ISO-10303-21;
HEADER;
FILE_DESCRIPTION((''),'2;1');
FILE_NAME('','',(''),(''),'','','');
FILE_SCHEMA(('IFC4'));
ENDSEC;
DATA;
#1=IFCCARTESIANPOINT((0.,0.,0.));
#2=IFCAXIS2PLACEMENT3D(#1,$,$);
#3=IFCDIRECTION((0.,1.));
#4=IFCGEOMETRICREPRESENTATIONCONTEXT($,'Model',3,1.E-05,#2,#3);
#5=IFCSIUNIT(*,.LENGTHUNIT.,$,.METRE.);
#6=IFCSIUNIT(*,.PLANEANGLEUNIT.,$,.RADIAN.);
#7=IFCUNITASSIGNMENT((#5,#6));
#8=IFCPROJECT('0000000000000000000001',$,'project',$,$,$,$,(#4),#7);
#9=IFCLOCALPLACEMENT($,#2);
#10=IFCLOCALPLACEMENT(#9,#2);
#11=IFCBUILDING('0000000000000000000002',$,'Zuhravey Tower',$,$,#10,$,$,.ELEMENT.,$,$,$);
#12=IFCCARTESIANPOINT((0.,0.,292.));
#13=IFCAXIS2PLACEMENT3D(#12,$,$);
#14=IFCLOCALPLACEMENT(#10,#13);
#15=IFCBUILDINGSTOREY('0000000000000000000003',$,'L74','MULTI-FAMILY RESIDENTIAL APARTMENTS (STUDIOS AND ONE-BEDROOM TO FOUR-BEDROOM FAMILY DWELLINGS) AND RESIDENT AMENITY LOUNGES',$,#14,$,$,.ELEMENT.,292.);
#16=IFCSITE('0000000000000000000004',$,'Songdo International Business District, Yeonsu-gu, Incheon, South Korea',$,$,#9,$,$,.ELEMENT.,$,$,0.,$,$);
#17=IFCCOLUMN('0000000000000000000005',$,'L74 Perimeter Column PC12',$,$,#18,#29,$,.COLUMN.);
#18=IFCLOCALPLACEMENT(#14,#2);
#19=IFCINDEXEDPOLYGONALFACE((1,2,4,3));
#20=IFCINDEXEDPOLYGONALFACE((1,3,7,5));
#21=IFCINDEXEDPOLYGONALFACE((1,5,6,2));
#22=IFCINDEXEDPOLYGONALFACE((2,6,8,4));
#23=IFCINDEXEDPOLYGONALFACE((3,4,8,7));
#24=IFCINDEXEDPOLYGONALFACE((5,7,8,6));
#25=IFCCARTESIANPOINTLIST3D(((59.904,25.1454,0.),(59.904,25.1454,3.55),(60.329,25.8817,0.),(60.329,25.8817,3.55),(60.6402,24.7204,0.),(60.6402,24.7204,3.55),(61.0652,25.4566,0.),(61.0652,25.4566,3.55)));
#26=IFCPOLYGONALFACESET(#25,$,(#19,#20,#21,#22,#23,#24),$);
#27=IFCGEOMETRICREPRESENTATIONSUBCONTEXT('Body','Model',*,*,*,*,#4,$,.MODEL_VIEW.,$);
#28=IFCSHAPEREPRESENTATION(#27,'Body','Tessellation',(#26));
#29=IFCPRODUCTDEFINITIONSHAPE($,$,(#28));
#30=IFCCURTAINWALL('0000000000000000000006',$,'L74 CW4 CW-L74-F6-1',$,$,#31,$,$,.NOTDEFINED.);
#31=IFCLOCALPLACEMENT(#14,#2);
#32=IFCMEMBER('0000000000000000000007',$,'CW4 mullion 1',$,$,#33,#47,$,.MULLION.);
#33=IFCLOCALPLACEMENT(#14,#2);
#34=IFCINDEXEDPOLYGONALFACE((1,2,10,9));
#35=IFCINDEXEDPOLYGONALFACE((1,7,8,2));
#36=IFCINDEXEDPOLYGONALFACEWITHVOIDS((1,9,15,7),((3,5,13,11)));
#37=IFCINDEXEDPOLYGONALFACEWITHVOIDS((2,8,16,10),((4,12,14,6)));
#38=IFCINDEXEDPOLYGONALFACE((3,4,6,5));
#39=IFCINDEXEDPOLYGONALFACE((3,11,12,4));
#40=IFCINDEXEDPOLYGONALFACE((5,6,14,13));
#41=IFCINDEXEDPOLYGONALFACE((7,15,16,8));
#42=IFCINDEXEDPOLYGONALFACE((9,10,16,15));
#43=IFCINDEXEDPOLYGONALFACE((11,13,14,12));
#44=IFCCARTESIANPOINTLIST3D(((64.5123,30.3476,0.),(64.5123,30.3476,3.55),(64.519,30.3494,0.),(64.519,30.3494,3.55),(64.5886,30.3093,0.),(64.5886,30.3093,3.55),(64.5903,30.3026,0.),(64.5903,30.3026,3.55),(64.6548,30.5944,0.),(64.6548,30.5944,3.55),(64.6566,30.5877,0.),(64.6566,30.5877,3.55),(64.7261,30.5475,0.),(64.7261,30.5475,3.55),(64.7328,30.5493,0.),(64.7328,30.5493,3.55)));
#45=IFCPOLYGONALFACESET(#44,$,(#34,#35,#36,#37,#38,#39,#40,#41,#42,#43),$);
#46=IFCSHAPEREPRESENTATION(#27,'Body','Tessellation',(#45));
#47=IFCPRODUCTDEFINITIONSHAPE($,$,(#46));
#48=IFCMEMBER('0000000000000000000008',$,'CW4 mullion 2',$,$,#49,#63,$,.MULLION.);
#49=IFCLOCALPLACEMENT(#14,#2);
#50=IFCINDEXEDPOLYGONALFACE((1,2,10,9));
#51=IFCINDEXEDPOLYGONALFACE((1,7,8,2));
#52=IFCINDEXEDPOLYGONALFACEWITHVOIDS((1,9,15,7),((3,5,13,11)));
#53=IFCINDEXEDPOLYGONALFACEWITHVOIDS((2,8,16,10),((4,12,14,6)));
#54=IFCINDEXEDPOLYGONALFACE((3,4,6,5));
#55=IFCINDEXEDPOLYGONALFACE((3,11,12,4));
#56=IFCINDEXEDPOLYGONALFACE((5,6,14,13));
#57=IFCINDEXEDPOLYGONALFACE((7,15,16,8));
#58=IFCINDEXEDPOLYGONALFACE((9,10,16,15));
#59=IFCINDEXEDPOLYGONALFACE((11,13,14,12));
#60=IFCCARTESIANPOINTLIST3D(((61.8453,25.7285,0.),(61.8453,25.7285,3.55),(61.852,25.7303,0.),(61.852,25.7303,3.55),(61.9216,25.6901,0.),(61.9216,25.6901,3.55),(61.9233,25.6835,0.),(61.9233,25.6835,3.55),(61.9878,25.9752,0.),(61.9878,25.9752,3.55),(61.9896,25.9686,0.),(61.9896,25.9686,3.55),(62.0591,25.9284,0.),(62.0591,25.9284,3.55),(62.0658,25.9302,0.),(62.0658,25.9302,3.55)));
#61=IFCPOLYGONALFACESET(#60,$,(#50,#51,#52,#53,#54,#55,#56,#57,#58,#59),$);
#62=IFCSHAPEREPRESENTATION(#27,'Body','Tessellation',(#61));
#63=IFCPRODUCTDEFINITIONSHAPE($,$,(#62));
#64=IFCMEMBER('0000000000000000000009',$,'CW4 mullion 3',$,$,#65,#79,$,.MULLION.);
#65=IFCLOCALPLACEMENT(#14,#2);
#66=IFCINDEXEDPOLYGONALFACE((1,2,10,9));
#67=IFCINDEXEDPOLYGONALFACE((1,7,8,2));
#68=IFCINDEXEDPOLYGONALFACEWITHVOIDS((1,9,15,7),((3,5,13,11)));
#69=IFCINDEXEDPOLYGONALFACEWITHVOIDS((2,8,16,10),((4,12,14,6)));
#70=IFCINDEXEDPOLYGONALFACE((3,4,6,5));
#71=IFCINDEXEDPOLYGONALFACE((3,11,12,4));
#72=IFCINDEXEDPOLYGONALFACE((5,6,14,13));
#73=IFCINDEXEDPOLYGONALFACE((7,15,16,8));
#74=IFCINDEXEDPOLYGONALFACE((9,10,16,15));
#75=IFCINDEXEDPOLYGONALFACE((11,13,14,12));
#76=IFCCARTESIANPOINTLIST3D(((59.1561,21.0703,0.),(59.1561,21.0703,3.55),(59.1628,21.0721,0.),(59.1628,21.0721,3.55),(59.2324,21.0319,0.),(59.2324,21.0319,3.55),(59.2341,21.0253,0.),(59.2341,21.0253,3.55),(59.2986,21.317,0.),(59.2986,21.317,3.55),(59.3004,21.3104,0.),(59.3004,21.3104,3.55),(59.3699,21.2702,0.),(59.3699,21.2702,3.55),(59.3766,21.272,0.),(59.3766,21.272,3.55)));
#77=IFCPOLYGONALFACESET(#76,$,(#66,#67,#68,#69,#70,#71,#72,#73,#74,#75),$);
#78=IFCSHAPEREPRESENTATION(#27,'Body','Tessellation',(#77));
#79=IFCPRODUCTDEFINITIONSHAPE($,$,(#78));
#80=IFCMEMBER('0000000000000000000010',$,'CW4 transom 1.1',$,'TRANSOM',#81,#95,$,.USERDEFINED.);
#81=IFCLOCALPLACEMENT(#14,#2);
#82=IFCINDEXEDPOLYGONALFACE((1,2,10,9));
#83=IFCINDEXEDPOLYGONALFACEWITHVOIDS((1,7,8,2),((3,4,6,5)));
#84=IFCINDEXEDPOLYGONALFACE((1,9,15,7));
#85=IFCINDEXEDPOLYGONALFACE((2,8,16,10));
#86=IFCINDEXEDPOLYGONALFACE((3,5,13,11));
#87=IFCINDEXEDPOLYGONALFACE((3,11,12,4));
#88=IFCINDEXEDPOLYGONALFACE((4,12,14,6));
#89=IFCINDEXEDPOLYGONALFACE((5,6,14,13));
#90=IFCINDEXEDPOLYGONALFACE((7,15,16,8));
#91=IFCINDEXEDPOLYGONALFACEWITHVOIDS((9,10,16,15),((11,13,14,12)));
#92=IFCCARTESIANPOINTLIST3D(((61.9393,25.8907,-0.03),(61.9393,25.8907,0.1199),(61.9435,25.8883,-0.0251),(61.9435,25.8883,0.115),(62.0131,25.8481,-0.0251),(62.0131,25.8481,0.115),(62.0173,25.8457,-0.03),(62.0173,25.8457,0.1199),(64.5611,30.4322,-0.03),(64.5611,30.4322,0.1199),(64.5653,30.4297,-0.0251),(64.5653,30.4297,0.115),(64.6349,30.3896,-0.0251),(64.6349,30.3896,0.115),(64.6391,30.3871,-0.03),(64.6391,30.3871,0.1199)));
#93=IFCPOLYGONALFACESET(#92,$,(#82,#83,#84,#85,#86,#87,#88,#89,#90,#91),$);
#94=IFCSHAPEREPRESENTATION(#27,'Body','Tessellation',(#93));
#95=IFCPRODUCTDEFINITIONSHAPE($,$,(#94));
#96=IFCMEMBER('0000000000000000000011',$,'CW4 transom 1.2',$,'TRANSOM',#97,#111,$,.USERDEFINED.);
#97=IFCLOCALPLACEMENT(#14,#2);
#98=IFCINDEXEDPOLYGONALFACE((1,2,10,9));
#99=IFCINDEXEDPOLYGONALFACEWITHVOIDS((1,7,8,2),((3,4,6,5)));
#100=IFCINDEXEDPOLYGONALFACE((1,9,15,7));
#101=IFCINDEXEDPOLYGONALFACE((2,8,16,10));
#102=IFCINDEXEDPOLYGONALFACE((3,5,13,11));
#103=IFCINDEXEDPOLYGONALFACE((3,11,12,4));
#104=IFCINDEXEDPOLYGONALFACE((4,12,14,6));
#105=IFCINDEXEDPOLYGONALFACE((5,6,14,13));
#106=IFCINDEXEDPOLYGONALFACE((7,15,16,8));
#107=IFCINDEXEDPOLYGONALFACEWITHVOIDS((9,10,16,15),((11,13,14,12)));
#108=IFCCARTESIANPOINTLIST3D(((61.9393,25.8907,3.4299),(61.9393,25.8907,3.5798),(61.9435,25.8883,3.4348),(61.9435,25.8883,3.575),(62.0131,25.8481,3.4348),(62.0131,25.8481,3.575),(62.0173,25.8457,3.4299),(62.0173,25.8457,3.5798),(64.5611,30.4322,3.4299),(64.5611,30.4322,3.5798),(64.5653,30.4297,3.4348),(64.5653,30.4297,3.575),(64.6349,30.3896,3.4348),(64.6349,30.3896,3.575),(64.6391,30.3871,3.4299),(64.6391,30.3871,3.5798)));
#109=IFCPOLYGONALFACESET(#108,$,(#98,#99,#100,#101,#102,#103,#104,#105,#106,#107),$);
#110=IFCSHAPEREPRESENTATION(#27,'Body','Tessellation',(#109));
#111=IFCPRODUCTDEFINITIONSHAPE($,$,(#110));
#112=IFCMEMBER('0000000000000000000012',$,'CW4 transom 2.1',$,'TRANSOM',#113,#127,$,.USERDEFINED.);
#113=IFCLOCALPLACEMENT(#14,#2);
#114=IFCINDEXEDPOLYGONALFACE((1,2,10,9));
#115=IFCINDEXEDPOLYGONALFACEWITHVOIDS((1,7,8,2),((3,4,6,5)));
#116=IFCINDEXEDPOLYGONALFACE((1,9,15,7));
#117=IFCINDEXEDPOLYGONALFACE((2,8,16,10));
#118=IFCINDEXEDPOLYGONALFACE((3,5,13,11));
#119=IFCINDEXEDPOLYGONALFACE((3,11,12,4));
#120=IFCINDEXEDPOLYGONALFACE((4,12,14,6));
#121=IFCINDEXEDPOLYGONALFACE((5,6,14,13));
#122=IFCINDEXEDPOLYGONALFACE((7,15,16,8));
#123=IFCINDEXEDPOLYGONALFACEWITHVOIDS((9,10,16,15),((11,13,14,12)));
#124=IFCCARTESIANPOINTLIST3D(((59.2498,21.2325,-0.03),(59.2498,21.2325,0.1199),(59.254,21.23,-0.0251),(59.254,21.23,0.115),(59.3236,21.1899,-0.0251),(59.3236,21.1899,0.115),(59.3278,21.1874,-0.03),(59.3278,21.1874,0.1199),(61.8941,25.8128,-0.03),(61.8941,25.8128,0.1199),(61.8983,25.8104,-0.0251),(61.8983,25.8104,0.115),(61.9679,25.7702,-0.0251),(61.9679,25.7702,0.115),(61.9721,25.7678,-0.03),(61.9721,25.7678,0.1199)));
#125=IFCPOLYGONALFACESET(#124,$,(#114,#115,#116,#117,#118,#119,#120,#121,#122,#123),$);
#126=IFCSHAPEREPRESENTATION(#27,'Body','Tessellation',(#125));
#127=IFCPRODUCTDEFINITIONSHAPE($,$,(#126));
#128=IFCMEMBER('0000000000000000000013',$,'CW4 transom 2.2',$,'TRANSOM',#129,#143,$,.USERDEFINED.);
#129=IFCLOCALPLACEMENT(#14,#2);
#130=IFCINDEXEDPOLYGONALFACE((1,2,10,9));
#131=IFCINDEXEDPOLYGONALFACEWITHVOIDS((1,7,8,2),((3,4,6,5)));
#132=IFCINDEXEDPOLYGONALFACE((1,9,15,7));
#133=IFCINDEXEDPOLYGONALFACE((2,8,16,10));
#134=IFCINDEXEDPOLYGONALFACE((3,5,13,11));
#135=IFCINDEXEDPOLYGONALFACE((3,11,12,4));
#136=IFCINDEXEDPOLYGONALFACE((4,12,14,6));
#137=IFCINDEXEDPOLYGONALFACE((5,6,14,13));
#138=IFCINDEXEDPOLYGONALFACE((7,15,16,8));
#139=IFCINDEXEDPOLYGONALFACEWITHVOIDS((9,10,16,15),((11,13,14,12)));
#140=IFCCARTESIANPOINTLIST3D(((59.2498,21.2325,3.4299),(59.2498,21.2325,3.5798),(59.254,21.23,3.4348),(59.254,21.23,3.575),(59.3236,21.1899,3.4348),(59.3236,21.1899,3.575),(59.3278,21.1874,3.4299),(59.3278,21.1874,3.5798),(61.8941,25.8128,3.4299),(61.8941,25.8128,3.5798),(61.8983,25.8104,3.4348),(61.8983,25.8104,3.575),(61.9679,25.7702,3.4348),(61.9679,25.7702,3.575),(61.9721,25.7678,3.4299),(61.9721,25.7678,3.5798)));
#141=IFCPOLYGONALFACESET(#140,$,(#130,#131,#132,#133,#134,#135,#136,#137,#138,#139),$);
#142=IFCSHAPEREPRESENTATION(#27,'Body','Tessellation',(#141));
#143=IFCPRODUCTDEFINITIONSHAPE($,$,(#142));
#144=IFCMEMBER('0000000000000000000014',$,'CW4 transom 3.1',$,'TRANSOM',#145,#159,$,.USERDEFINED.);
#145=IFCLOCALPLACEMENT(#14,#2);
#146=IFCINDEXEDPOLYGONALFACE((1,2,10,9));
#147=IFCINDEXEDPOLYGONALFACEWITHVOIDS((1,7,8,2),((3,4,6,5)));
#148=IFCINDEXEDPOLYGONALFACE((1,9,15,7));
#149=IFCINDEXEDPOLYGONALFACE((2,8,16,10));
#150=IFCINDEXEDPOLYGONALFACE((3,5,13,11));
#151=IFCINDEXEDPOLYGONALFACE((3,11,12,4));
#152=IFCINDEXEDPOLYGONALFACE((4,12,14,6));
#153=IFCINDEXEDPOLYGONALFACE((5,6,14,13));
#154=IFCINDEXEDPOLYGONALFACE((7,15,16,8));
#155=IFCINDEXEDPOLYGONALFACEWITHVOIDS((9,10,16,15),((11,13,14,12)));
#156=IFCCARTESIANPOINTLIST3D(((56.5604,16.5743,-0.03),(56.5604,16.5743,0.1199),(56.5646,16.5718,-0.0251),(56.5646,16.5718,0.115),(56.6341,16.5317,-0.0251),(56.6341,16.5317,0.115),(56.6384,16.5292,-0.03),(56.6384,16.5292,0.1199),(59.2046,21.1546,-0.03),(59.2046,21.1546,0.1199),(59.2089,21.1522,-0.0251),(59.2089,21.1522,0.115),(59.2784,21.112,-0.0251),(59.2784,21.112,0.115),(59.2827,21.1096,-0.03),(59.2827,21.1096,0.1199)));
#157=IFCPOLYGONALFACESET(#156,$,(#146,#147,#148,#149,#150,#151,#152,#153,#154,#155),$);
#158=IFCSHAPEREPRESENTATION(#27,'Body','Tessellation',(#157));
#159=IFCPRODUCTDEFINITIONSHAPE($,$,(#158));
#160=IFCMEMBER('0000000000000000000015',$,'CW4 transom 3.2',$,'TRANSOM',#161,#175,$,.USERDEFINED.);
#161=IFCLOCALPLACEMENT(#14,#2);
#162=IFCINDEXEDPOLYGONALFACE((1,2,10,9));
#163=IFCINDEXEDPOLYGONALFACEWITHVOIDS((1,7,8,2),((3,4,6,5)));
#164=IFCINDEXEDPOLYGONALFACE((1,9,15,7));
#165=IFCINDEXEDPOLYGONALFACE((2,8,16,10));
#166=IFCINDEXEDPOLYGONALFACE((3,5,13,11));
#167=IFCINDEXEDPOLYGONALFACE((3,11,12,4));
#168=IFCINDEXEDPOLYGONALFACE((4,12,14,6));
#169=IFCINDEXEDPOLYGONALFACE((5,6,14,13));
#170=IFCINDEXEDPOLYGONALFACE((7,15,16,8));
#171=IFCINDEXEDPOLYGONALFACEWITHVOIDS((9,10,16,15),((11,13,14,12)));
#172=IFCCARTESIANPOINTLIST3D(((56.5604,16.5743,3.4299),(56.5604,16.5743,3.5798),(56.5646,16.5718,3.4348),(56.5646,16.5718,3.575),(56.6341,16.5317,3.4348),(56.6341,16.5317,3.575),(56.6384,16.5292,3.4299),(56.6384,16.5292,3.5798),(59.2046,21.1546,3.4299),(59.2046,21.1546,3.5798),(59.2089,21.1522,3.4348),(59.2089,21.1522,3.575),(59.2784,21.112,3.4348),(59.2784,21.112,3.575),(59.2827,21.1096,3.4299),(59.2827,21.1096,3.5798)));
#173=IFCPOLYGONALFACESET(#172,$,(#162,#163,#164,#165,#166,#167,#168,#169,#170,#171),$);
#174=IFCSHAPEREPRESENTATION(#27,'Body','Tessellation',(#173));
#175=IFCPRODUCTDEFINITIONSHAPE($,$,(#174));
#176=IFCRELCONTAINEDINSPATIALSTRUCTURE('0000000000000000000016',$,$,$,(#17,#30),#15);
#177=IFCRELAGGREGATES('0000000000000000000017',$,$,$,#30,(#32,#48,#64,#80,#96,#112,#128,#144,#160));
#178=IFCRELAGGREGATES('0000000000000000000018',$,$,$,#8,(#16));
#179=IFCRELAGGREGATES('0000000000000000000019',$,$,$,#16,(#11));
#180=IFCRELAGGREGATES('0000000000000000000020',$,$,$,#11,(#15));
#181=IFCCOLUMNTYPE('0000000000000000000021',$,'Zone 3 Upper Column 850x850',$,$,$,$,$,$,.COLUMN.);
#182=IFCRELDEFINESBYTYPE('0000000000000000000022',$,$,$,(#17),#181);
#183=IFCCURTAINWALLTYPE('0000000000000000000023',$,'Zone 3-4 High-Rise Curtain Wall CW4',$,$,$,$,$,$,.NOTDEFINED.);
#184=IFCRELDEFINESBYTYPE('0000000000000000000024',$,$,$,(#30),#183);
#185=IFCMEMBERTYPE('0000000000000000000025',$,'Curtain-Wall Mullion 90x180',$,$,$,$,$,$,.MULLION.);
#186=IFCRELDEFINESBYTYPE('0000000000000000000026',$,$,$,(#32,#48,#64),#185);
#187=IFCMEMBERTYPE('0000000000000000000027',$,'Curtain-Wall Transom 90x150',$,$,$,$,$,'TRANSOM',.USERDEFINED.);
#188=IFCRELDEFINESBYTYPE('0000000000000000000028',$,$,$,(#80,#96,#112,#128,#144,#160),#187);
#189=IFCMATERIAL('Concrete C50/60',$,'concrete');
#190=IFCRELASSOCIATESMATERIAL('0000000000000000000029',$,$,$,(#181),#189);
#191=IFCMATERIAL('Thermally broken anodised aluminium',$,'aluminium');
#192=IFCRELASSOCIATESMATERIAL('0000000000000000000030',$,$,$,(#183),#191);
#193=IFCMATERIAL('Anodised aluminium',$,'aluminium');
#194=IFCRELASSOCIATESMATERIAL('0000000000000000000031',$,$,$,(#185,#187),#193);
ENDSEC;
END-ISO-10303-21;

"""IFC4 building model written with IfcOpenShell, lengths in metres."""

from ifc_helpers import new_model, si_unit, direction, frame, origin, origin_2d, place, context, subcontext, project, spatial, rectangle, hollow_rectangle, extrude, material, material_profile, profile_set, type_object, element, aggregate, save


model = new_model("IFC4")

# Units and contexts
model_context = context("Model", 3, precision=1e-05, world=origin(), true_north=direction((0.0, 1.0)))
body_context = subcontext(model_context, "Body", "Model", "MODEL_VIEW")
ifc_project = project(units=[si_unit("LENGTHUNIT", "METRE"), si_unit("PLANEANGLEUNIT", "RADIAN")], contexts=[model_context])

# Site, building, storey
site_placement = place(None, origin())
site = spatial("IfcSite", under=ifc_project, at=site_placement, Name="Songdo International Business District, Yeonsu-gu, Incheon, South Korea", CompositionType="ELEMENT", RefElevation=0.0)
building_placement = place(site_placement, origin())
building = spatial("IfcBuilding", under=site, at=building_placement, Name="Zuhravey Tower", CompositionType="ELEMENT")
storey_placement = place(building_placement, frame((0.0, 0.0, 292.0)))
storey = spatial("IfcBuildingStorey", under=building, at=storey_placement, Name="L74", Description="MULTI-FAMILY RESIDENTIAL APARTMENTS (STUDIOS AND ONE-BEDROOM TO FOUR-BEDROOM FAMILY DWELLINGS) AND RESIDENT AMENITY LOUNGES", CompositionType="ELEMENT", Elevation=292.0)

# Column
ifc_material_1 = material(Name="Concrete C50/60", Category="concrete")
ifc_material_profile_1 = material_profile(ifc_material_1, rectangle(XDim=0.8501, YDim=0.8501, at=origin_2d()), Name="RC-850x850")
ifc_profile_set_1 = profile_set([ifc_material_profile_1], Name="Concrete C50/60")
column_type = type_object("IfcColumnType", Name="Zone 3 Upper Column 850x850", PredefinedType="COLUMN", material=ifc_profile_set_1)
column_placement = place(storey_placement, frame((60.4846, 25.301, 0.0), z_axis=(0.0, 0.0, 1.0), x_axis=(0.5, 0.866025, 0.0)))
element("IfcColumn", 1, at=column_placement, inside=storey, type_object=column_type, Name="L74 Perimeter Column PC12", PredefinedType="COLUMN", context=body_context, shape_type="SweptSolid", body=[
    extrude(rectangle(XDim=0.8501, YDim=0.8501, at=origin_2d()), origin(), (0.0, 0.0, 1.0), 3.55),
])

# Curtain wall, members
ifc_material_2 = material(Name="Thermally broken anodised aluminium", Category="aluminium")
curtain_wall_type = type_object("IfcCurtainWallType", Name="Zone 3-4 High-Rise Curtain Wall CW4", PredefinedType="NOTDEFINED", material=ifc_material_2)
curtain_wall_placement = place(storey_placement, origin())
curtain_wall = element("IfcCurtainWall", 2, at=curtain_wall_placement, inside=storey, type_object=curtain_wall_type, Name="L74 CW4 CW-L74-F6-1", PredefinedType="NOTDEFINED")
ifc_material_3 = material(Name="Anodised aluminium", Category="aluminium")
ifc_material_profile_2 = material_profile(ifc_material_3, hollow_rectangle(XDim=0.0901, YDim=0.2849, WallThickness=0.0049, at=origin_2d()), Name="ALU-RHS-90x285x5")
ifc_profile_set_2 = profile_set([ifc_material_profile_2], Name="Anodised aluminium")
member_type_1 = type_object("IfcMemberType", Name="Curtain-Wall Mullion 90x180", PredefinedType="MULLION", material=ifc_profile_set_2)
member_1_placement = place(storey_placement, frame((64.6226, 30.4485, 0.0), z_axis=(0.0, 0.0, 1.0), x_axis=(0.866026, -0.5, 0.0)))
member_1 = element("IfcMember", 3, at=member_1_placement, type_object=member_type_1, Name="CW4 mullion 1", PredefinedType="MULLION", context=body_context, shape_type="SweptSolid", body=[
    extrude(hollow_rectangle(XDim=0.0901, YDim=0.2849, WallThickness=0.0049, at=origin_2d()), origin(), (0.0, 0.0, 1.0), 3.55),
])
member_2_placement = place(storey_placement, frame((61.9556, 25.8293, 0.0), z_axis=(0.0, 0.0, 1.0), x_axis=(0.866026, -0.5, 0.0)))
member_2 = element("IfcMember", 4, at=member_2_placement, type_object=member_type_1, Name="CW4 mullion 2", PredefinedType="MULLION", context=body_context, shape_type="SweptSolid", body=[
    extrude(hollow_rectangle(XDim=0.0901, YDim=0.2849, WallThickness=0.0049, at=origin_2d()), origin(), (0.0, 0.0, 1.0), 3.55),
])
member_3_placement = place(storey_placement, frame((59.2664, 21.1711, 0.0), z_axis=(0.0, 0.0, 1.0), x_axis=(0.866026, -0.5, 0.0)))
member_3 = element("IfcMember", 5, at=member_3_placement, type_object=member_type_1, Name="CW4 mullion 3", PredefinedType="MULLION", context=body_context, shape_type="SweptSolid", body=[
    extrude(hollow_rectangle(XDim=0.0901, YDim=0.2849, WallThickness=0.0049, at=origin_2d()), origin(), (0.0, 0.0, 1.0), 3.55),
])
ifc_material_profile_3 = material_profile(ifc_material_3, hollow_rectangle(XDim=0.0901, YDim=0.1499, WallThickness=0.0049, at=origin_2d()), Name="ALU-RHS-90x150x5")
ifc_profile_set_3 = profile_set([ifc_material_profile_3], Name="Anodised aluminium")
member_type_2 = type_object("IfcMemberType", Name="Curtain-Wall Transom 90x150", ElementType="TRANSOM", PredefinedType="USERDEFINED", material=ifc_profile_set_3)
member_4_placement = place(storey_placement, frame((64.6001, 30.4097, 0.0449), z_axis=(-0.49997, -0.866043, 0.0), x_axis=(0.866043, -0.49997, 0.0)))
member_4 = element("IfcMember", 6, at=member_4_placement, type_object=member_type_2, Name="CW4 transom 1.1", ObjectType="TRANSOM", PredefinedType="USERDEFINED", context=body_context, shape_type="SweptSolid", body=[
    extrude(hollow_rectangle(XDim=0.0901, YDim=0.1499, WallThickness=0.0049, at=origin_2d()), origin(), (0.0, 0.0, 1.0), 5.2439),
])
member_5_placement = place(storey_placement, frame((64.6001, 30.4097, 3.5049), z_axis=(-0.49997, -0.866043, 0.0), x_axis=(0.866043, -0.49997, 0.0)))
member_5 = element("IfcMember", 7, at=member_5_placement, type_object=member_type_2, Name="CW4 transom 1.2", ObjectType="TRANSOM", PredefinedType="USERDEFINED", context=body_context, shape_type="SweptSolid", body=[
    extrude(hollow_rectangle(XDim=0.0901, YDim=0.1499, WallThickness=0.0049, at=origin_2d()), origin(), (0.0, 0.0, 1.0), 5.2439),
])
member_6_placement = place(storey_placement, frame((61.9331, 25.7903, 0.0449), z_axis=(-0.499977, -0.866039, 0.0), x_axis=(0.866039, -0.499977, 0.0)))
member_6 = element("IfcMember", 8, at=member_6_placement, type_object=member_type_2, Name="CW4 transom 2.1", ObjectType="TRANSOM", PredefinedType="USERDEFINED", context=body_context, shape_type="SweptSolid", body=[
    extrude(hollow_rectangle(XDim=0.0901, YDim=0.1499, WallThickness=0.0049, at=origin_2d()), origin(), (0.0, 0.0, 1.0), 5.2888),
])
member_7_placement = place(storey_placement, frame((61.9331, 25.7903, 3.5049), z_axis=(-0.499977, -0.866039, 0.0), x_axis=(0.866039, -0.499977, 0.0)))
member_7 = element("IfcMember", 9, at=member_7_placement, type_object=member_type_2, Name="CW4 transom 2.2", ObjectType="TRANSOM", PredefinedType="USERDEFINED", context=body_context, shape_type="SweptSolid", body=[
    extrude(hollow_rectangle(XDim=0.0901, YDim=0.1499, WallThickness=0.0049, at=origin_2d()), origin(), (0.0, 0.0, 1.0), 5.2888),
])
member_8_placement = place(storey_placement, frame((59.2437, 21.1321, 0.0449), z_axis=(-0.499977, -0.866039, 0.0), x_axis=(0.866039, -0.499977, 0.0)))
member_8 = element("IfcMember", 10, at=member_8_placement, type_object=member_type_2, Name="CW4 transom 3.1", ObjectType="TRANSOM", PredefinedType="USERDEFINED", context=body_context, shape_type="SweptSolid", body=[
    extrude(hollow_rectangle(XDim=0.0901, YDim=0.1499, WallThickness=0.0049, at=origin_2d()), origin(), (0.0, 0.0, 1.0), 5.2888),
])
member_9_placement = place(storey_placement, frame((59.2437, 21.1321, 3.5049), z_axis=(-0.499977, -0.866039, 0.0), x_axis=(0.866039, -0.499977, 0.0)))
member_9 = element("IfcMember", 11, at=member_9_placement, type_object=member_type_2, Name="CW4 transom 3.2", ObjectType="TRANSOM", PredefinedType="USERDEFINED", context=body_context, shape_type="SweptSolid", body=[
    extrude(hollow_rectangle(XDim=0.0901, YDim=0.1499, WallThickness=0.0049, at=origin_2d()), origin(), (0.0, 0.0, 1.0), 5.2888),
])

aggregate(curtain_wall, [member_1, member_2, member_3, member_4, member_5, member_6, member_7, member_8, member_9])

save(model, "model.ifc")
